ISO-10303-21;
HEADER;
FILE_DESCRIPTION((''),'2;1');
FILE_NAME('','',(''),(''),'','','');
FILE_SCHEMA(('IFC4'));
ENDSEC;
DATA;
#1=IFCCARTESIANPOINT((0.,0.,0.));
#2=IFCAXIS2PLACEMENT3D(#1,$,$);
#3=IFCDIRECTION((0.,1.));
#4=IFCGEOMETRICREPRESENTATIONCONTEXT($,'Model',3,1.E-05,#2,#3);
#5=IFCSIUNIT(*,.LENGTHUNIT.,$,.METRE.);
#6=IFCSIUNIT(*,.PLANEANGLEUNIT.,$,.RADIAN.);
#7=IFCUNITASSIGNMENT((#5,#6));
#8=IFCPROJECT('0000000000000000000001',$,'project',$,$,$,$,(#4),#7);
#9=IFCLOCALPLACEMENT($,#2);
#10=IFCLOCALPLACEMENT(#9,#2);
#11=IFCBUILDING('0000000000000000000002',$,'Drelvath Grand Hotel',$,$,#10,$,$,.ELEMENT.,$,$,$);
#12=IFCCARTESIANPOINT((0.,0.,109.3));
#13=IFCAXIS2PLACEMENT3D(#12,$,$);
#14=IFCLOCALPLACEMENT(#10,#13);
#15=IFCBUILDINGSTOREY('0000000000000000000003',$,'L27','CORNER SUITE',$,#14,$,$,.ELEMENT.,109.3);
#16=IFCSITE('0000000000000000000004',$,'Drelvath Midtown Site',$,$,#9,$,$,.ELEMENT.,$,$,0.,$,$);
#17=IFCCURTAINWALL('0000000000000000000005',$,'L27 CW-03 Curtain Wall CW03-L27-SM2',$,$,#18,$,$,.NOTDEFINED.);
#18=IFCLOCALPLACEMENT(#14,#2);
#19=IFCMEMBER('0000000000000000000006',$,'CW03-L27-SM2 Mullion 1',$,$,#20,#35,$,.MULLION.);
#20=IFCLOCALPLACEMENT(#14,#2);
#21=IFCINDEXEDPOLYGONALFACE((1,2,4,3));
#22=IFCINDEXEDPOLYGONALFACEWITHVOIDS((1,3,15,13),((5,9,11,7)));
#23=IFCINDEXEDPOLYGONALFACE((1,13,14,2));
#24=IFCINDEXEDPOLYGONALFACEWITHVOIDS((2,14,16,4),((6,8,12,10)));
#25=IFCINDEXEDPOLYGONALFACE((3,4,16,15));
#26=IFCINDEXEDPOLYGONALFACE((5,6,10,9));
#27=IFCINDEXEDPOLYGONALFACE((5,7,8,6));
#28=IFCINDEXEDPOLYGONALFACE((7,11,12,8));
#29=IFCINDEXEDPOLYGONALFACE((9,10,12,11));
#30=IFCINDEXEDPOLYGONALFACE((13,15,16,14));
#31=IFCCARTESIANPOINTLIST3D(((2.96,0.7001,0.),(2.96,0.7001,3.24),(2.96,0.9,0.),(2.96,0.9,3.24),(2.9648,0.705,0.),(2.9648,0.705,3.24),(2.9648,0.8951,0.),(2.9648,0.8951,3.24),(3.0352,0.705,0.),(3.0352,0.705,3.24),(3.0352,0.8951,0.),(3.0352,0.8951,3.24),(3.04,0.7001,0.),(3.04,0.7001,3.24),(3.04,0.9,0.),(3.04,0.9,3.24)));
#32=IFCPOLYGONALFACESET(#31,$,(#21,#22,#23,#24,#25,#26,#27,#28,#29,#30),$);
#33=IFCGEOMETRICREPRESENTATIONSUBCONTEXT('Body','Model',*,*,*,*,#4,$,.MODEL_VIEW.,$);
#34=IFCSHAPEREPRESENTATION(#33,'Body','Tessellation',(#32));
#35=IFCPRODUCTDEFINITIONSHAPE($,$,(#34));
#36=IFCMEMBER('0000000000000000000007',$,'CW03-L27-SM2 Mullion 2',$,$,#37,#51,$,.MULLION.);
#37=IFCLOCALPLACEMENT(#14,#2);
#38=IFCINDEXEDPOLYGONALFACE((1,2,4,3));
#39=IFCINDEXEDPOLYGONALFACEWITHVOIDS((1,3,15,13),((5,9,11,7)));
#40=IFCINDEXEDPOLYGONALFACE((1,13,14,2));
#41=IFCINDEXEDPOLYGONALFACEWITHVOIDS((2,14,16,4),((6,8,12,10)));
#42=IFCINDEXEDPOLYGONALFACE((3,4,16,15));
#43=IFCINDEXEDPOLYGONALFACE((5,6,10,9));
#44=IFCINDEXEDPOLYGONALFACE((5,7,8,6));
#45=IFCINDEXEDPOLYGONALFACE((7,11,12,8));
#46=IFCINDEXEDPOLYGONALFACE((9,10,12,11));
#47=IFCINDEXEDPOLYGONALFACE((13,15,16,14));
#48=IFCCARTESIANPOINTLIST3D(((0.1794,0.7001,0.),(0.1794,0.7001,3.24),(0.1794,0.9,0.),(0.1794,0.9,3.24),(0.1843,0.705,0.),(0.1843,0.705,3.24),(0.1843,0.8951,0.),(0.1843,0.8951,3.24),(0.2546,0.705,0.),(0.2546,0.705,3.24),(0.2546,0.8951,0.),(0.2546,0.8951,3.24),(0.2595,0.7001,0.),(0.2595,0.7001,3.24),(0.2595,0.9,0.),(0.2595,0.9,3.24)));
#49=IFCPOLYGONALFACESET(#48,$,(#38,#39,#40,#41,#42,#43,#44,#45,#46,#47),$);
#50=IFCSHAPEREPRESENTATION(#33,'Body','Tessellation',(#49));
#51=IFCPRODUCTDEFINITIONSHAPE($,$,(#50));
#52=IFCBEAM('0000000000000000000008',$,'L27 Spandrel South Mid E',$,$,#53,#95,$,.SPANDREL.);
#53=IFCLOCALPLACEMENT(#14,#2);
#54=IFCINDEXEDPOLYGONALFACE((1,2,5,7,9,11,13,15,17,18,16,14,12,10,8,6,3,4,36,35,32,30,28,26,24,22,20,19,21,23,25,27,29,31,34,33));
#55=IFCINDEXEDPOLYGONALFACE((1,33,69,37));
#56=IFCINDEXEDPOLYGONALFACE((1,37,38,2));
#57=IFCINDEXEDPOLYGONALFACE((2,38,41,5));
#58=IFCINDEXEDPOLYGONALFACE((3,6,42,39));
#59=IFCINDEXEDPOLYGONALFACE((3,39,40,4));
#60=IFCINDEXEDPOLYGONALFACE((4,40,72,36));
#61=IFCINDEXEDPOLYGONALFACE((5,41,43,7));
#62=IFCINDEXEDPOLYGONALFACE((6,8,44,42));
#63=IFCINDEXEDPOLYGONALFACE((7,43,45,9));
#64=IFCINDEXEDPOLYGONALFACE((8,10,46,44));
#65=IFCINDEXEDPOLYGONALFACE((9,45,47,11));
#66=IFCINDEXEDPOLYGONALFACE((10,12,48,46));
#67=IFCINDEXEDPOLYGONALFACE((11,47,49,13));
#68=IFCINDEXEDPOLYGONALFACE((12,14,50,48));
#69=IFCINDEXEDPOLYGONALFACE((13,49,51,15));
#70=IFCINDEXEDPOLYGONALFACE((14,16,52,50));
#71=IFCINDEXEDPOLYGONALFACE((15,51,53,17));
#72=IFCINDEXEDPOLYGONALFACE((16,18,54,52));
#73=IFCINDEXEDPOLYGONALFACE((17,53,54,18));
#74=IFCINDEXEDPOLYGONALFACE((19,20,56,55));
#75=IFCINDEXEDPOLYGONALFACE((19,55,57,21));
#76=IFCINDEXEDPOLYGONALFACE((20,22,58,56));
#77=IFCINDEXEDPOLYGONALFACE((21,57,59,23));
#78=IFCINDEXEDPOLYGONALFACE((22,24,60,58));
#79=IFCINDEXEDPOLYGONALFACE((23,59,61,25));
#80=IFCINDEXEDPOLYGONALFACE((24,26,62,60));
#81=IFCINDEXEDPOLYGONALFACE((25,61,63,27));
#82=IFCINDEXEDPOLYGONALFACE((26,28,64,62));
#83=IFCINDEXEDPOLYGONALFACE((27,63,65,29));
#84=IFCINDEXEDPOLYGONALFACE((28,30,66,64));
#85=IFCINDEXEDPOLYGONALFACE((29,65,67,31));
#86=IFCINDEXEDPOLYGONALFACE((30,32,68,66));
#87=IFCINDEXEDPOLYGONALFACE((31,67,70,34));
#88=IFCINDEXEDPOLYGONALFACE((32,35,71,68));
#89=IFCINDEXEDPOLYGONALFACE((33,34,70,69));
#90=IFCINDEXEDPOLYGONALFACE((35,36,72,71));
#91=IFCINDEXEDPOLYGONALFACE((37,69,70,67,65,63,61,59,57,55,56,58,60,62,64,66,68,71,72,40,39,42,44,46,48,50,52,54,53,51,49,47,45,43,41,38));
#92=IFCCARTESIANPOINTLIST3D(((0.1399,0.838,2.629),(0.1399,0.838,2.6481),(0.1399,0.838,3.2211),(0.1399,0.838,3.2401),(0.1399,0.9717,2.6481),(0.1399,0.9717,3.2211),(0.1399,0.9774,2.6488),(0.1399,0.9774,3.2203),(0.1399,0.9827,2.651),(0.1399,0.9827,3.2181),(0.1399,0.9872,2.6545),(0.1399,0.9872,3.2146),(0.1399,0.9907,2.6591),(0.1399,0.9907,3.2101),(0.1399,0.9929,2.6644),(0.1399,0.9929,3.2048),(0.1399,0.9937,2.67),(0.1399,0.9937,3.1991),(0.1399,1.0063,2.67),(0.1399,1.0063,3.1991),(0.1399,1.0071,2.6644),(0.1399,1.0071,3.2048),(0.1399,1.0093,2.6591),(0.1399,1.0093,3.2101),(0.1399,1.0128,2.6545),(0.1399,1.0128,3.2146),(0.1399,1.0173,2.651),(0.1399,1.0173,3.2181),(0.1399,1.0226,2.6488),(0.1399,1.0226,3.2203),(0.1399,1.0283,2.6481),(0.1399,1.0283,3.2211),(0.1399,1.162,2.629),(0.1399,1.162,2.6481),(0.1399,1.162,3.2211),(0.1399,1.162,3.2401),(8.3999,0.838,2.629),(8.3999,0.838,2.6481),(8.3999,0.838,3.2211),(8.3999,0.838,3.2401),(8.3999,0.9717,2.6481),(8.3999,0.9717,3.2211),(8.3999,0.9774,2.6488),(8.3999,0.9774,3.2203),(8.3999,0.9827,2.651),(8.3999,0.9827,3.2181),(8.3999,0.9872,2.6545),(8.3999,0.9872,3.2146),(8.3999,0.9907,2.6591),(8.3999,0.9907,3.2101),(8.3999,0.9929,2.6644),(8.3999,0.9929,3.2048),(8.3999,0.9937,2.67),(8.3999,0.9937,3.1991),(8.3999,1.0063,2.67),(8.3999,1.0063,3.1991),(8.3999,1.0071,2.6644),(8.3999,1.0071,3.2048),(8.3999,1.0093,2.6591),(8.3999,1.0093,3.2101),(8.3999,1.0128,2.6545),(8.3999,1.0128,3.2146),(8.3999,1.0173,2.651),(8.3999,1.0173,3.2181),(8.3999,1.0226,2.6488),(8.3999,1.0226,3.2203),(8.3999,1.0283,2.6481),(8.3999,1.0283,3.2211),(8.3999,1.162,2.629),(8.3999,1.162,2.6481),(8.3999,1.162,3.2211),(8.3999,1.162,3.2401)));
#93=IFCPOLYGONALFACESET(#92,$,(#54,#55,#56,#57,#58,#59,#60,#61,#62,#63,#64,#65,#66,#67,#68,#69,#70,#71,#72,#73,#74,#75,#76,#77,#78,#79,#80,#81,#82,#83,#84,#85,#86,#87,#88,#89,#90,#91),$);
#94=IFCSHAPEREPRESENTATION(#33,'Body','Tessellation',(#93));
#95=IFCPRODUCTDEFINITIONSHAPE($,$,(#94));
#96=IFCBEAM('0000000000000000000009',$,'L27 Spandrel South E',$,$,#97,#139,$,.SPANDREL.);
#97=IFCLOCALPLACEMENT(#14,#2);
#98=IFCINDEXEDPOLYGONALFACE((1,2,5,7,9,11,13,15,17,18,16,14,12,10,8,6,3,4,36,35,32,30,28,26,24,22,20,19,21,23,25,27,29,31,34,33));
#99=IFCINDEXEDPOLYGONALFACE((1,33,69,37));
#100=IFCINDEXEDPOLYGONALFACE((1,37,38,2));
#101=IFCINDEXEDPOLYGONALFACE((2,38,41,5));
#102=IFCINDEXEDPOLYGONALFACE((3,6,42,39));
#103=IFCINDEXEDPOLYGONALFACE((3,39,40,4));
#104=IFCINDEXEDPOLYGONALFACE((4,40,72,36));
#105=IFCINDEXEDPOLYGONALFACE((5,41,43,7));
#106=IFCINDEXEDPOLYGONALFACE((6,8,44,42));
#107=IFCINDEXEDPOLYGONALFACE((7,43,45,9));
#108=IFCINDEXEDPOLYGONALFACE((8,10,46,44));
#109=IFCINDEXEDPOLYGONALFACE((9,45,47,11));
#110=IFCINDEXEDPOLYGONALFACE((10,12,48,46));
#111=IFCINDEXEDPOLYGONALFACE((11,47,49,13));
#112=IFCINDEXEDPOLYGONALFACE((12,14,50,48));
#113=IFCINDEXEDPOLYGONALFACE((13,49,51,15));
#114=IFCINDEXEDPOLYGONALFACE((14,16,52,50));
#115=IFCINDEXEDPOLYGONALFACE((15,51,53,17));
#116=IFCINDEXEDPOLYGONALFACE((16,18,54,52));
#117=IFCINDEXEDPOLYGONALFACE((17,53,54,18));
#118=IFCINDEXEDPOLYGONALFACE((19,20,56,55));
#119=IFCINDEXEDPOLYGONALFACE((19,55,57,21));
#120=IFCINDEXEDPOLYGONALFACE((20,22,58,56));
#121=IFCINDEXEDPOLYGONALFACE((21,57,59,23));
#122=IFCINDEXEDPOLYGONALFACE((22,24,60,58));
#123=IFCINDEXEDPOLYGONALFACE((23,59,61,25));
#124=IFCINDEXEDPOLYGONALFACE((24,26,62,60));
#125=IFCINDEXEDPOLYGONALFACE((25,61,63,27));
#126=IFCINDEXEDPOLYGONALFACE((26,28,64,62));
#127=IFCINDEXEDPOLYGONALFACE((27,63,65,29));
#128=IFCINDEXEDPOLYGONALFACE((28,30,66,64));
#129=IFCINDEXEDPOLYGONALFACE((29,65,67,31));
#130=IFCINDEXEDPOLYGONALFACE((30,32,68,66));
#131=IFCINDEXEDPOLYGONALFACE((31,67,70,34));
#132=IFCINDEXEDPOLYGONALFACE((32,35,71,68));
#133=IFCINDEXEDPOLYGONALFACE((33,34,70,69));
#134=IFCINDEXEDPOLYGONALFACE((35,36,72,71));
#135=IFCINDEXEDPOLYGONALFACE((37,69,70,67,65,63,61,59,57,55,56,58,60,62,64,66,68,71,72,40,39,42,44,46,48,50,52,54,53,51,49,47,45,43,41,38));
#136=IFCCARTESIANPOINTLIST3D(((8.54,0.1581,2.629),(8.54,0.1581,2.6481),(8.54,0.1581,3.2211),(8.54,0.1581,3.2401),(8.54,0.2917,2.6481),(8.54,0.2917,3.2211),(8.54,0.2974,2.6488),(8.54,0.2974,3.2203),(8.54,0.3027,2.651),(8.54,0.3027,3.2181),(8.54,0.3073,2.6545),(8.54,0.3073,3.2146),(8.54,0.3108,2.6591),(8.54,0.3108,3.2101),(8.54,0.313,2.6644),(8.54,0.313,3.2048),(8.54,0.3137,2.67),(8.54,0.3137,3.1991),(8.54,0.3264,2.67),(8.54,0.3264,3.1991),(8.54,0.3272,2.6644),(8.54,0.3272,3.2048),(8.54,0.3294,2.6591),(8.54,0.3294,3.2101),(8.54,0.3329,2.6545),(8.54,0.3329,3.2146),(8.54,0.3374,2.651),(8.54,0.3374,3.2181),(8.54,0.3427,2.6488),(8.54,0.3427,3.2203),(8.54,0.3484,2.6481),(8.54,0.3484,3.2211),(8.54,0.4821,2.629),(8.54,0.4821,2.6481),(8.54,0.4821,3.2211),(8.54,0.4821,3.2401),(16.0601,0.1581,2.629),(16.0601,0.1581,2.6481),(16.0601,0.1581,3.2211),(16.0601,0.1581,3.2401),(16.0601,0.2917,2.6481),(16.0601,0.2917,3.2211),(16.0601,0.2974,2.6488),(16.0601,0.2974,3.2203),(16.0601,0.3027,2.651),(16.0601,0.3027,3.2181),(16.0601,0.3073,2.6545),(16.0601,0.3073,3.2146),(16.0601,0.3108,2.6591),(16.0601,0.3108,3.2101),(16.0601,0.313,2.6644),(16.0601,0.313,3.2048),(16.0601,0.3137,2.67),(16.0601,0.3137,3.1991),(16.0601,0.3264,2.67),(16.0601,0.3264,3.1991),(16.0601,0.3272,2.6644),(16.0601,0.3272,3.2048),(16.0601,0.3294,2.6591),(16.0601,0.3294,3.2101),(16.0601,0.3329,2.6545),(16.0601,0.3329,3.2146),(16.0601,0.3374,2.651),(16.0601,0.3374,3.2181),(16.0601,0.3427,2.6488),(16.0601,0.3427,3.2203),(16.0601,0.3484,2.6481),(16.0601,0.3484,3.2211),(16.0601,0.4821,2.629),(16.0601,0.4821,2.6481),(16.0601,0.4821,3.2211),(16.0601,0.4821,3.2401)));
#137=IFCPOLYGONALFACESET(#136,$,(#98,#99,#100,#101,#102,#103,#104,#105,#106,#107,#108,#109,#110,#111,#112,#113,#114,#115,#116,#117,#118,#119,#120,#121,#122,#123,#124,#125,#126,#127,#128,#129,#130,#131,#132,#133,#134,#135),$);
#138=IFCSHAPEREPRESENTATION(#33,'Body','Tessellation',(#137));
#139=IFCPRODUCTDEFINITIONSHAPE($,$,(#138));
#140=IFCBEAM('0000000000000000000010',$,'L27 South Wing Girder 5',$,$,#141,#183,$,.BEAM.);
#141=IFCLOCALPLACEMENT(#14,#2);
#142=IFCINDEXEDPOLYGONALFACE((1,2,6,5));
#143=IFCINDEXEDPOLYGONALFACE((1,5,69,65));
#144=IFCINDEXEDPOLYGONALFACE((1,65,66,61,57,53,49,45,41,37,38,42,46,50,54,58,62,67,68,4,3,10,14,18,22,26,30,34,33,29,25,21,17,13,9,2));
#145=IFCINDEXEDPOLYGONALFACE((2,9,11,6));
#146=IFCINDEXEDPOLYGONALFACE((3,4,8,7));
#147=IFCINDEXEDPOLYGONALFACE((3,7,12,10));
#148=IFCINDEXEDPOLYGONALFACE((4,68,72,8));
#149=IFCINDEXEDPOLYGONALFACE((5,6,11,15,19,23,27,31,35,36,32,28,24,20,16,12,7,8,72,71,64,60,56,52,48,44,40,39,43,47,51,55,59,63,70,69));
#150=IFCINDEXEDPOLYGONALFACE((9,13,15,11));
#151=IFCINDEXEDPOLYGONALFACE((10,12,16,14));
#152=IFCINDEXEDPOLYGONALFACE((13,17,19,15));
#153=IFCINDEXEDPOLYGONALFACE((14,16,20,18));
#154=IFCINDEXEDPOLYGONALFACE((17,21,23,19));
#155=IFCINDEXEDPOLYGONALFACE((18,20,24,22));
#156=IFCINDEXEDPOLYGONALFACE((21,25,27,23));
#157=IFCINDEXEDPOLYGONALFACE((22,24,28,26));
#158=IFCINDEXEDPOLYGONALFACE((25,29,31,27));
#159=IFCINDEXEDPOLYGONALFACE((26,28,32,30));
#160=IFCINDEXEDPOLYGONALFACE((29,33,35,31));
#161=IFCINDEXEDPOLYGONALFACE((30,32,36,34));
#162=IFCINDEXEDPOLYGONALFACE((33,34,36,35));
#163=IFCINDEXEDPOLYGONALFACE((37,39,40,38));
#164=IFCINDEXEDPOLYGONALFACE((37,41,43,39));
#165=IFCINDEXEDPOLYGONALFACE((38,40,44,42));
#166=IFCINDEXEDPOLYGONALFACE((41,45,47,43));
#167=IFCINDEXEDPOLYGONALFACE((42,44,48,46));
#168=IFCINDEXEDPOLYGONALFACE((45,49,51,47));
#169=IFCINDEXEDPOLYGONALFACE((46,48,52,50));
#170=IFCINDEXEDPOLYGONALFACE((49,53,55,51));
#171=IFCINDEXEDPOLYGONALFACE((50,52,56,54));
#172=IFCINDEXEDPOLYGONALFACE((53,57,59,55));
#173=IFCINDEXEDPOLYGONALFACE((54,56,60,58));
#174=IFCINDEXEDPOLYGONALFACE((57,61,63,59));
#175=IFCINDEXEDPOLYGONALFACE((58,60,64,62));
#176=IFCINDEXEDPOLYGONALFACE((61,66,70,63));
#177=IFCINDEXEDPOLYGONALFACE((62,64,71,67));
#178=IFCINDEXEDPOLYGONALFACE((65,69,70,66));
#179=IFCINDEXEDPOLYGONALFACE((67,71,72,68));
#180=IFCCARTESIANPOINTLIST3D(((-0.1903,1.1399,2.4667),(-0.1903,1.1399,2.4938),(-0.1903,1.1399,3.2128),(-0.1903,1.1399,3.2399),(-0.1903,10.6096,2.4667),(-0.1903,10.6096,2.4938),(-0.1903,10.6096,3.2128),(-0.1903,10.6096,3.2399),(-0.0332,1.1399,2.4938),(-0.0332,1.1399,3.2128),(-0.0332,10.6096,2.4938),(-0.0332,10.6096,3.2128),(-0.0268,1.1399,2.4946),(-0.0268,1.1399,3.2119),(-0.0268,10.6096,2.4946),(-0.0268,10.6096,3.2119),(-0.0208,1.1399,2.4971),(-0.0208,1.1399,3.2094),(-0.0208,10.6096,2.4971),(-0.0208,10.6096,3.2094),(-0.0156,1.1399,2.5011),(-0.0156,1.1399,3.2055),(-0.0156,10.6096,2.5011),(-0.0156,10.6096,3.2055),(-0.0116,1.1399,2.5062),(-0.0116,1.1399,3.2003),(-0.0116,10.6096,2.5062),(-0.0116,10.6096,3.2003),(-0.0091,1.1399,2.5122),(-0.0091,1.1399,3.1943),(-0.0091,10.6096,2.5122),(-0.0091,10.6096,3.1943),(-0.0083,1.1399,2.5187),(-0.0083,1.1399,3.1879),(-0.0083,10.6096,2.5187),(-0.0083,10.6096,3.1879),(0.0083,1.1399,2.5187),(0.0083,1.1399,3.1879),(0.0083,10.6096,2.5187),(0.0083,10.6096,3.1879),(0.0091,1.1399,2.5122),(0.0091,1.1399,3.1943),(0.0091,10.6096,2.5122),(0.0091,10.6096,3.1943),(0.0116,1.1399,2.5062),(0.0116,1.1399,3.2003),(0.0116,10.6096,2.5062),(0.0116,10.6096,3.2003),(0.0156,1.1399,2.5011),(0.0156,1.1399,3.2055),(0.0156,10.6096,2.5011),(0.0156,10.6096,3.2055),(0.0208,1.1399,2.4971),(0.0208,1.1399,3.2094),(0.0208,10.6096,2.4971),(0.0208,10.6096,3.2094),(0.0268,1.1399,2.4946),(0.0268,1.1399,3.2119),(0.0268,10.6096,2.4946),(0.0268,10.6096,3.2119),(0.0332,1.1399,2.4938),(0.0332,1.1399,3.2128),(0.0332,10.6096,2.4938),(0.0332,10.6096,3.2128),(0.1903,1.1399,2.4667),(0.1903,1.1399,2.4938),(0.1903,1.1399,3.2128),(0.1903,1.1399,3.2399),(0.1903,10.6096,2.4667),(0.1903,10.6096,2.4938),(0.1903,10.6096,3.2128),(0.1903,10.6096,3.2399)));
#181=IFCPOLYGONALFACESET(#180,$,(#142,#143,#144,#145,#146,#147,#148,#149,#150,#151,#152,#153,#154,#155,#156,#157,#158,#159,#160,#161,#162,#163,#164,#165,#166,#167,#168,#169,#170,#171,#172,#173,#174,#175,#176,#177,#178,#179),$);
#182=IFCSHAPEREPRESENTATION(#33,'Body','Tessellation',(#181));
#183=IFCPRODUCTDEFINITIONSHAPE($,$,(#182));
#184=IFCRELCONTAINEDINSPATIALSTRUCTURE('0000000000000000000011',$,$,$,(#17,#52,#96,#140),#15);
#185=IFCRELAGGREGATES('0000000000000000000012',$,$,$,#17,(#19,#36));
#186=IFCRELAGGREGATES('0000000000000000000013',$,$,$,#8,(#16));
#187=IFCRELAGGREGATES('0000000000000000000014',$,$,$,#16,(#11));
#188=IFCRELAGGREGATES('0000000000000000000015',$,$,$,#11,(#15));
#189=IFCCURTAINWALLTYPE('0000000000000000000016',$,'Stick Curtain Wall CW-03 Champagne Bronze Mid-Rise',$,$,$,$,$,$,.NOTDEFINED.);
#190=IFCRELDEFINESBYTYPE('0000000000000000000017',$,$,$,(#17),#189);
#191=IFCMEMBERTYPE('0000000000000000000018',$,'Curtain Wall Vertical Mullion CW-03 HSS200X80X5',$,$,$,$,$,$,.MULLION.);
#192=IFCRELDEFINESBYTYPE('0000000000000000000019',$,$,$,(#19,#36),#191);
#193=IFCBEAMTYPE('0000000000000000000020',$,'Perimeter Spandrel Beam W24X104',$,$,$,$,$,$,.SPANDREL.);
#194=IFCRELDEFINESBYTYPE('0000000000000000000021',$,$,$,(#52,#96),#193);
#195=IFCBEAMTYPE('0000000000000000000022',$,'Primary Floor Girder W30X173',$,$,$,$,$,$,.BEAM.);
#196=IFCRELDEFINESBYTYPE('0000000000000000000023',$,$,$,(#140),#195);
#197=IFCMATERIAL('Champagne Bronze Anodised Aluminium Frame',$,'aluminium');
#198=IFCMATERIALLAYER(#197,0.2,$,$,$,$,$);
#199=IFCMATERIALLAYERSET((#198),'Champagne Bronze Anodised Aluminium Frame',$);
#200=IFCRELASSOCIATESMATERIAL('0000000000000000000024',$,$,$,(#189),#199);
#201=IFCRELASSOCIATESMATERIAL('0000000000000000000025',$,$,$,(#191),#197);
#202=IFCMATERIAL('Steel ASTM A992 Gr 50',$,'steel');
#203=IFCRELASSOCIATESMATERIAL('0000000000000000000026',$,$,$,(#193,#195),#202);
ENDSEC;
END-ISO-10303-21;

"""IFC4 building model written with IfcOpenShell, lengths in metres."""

from ifc_helpers import new_model, si_unit, direction, frame, origin, origin_2d, place, context, subcontext, project, spatial, hollow_rectangle, i_section, extrude, material, layer, layer_set, material_profile, profile_set, type_object, element, aggregate, save


model = new_model("IFC4")

# Units and contexts
model_context = context("Model", 3, precision=1e-05, world=origin(), true_north=direction((0.0, 1.0)))
body_context = subcontext(model_context, "Body", "Model", "MODEL_VIEW")
ifc_project = project(units=[si_unit("LENGTHUNIT", "METRE"), si_unit("PLANEANGLEUNIT", "RADIAN")], contexts=[model_context])

# Site, building, storey
site_placement = place(None, origin())
site = spatial("IfcSite", under=ifc_project, at=site_placement, Name="Drelvath Midtown Site", CompositionType="ELEMENT", RefElevation=0.0)
building_placement = place(site_placement, origin())
building = spatial("IfcBuilding", under=site, at=building_placement, Name="Drelvath Grand Hotel", CompositionType="ELEMENT")
storey_placement = place(building_placement, frame((0.0, 0.0, 109.3)))
storey = spatial("IfcBuildingStorey", under=building, at=storey_placement, Name="L27", Description="CORNER SUITE", CompositionType="ELEMENT", Elevation=109.3)

# Curtain wall
ifc_material_1 = material(Name="Champagne Bronze Anodised Aluminium Frame", Category="aluminium")
ifc_layer_1 = layer(ifc_material_1, 0.2)
ifc_layer_set_1 = layer_set([ifc_layer_1], Name="Champagne Bronze Anodised Aluminium Frame")
curtain_wall_type = type_object("IfcCurtainWallType", Name="Stick Curtain Wall CW-03 Champagne Bronze Mid-Rise", PredefinedType="NOTDEFINED", material=ifc_layer_set_1)
curtain_wall_1_placement = place(storey_placement, origin())
curtain_wall_1 = element("IfcCurtainWall", 1, at=curtain_wall_1_placement, inside=storey, type_object=curtain_wall_type, Name="L27 CW-03 Curtain Wall CW03-L27-SM2", PredefinedType="NOTDEFINED")

# Shared definitions
ifc_material_profile_1 = material_profile(ifc_material_1, hollow_rectangle(XDim=0.0801, YDim=0.2, WallThickness=0.0049, at=origin_2d()), Name="HSS200X80X5")
ifc_profile_set_1 = profile_set([ifc_material_profile_1], Name="Champagne Bronze Anodised Aluminium Frame")
member_type_1 = type_object("IfcMemberType", Name="Curtain Wall Vertical Mullion CW-03 HSS200X80X5", PredefinedType="MULLION", material=ifc_profile_set_1)

# Members
member_1_placement = place(storey_placement, frame((3.0, 0.8, 0.0), z_axis=(0.0, 0.0, 1.0), x_axis=(1.0, 0.0, 0.0)))
member_1 = element("IfcMember", 2, at=member_1_placement, type_object=member_type_1, Name="CW03-L27-SM2 Mullion 1", PredefinedType="MULLION", context=body_context, shape_type="SweptSolid", body=[
    extrude(hollow_rectangle(XDim=0.0801, YDim=0.2, WallThickness=0.0049, at=origin_2d()), origin(), (0.0, 0.0, 1.0), 3.24),
])
member_2_placement = place(storey_placement, frame((0.2195, 0.8, 0.0), z_axis=(0.0, 0.0, 1.0), x_axis=(1.0, 0.0, 0.0)))
member_2 = element("IfcMember", 3, at=member_2_placement, type_object=member_type_1, Name="CW03-L27-SM2 Mullion 2", PredefinedType="MULLION", context=body_context, shape_type="SweptSolid", body=[
    extrude(hollow_rectangle(XDim=0.0801, YDim=0.2, WallThickness=0.0049, at=origin_2d()), origin(), (0.0, 0.0, 1.0), 3.24),
])

# Beams
ifc_material_2 = material(Name="Steel ASTM A992 Gr 50", Category="steel")
ifc_material_profile_2 = material_profile(ifc_material_2, i_section(OverallWidth=0.324, OverallDepth=0.6111, WebThickness=0.0127, FlangeThickness=0.019, FilletRadius=0.022, at=origin_2d()), Name="W24X104")
ifc_profile_set_2 = profile_set([ifc_material_profile_2], Name="Steel ASTM A992 Gr 50")
beam_type_1 = type_object("IfcBeamType", Name="Perimeter Spandrel Beam W24X104", PredefinedType="SPANDREL", material=ifc_profile_set_2)
beam_1_placement = place(storey_placement, frame((0.1399, 1.0, 2.9346), z_axis=(1.0, 0.0, 0.0), x_axis=(0.0, 1.0, 0.0)))
element("IfcBeam", 4, at=beam_1_placement, inside=storey, type_object=beam_type_1, Name="L27 Spandrel South Mid E", PredefinedType="SPANDREL", context=body_context, shape_type="SweptSolid", body=[
    extrude(i_section(OverallWidth=0.324, OverallDepth=0.6111, WebThickness=0.0127, FlangeThickness=0.019, FilletRadius=0.022, at=origin_2d()), origin(), (0.0, 0.0, 1.0), 8.26),
])
beam_2_placement = place(storey_placement, frame((8.54, 0.3201, 2.9346), z_axis=(1.0, 0.0, 0.0), x_axis=(0.0, 1.0, 0.0)))
element("IfcBeam", 5, at=beam_2_placement, inside=storey, type_object=beam_type_1, Name="L27 Spandrel South E", PredefinedType="SPANDREL", context=body_context, shape_type="SweptSolid", body=[
    extrude(i_section(OverallWidth=0.324, OverallDepth=0.6111, WebThickness=0.0127, FlangeThickness=0.019, FilletRadius=0.022, at=origin_2d()), origin(), (0.0, 0.0, 1.0), 7.52),
])
ifc_material_profile_3 = material_profile(ifc_material_2, i_section(OverallWidth=0.3806, OverallDepth=0.7732, WebThickness=0.0166, FlangeThickness=0.0271, FilletRadius=0.0249, at=origin_2d()), Name="W30X173")
ifc_profile_set_3 = profile_set([ifc_material_profile_3], Name="Steel ASTM A992 Gr 50")
beam_type_2 = type_object("IfcBeamType", Name="Primary Floor Girder W30X173", PredefinedType="BEAM", material=ifc_profile_set_3)
beam_3_placement = place(storey_placement, frame((0.0, 1.1399, 2.8533), z_axis=(0.0, 1.0, 0.0), x_axis=(-1.0, 0.0, 0.0)))
element("IfcBeam", 6, at=beam_3_placement, inside=storey, type_object=beam_type_2, Name="L27 South Wing Girder 5", PredefinedType="BEAM", context=body_context, shape_type="SweptSolid", body=[
    extrude(i_section(OverallWidth=0.3806, OverallDepth=0.7732, WebThickness=0.0166, FlangeThickness=0.0271, FilletRadius=0.0249, at=origin_2d()), origin(), (0.0, 0.0, 1.0), 9.4697),
])

aggregate(curtain_wall_1, [member_1, member_2])

save(model, "model.ifc")
